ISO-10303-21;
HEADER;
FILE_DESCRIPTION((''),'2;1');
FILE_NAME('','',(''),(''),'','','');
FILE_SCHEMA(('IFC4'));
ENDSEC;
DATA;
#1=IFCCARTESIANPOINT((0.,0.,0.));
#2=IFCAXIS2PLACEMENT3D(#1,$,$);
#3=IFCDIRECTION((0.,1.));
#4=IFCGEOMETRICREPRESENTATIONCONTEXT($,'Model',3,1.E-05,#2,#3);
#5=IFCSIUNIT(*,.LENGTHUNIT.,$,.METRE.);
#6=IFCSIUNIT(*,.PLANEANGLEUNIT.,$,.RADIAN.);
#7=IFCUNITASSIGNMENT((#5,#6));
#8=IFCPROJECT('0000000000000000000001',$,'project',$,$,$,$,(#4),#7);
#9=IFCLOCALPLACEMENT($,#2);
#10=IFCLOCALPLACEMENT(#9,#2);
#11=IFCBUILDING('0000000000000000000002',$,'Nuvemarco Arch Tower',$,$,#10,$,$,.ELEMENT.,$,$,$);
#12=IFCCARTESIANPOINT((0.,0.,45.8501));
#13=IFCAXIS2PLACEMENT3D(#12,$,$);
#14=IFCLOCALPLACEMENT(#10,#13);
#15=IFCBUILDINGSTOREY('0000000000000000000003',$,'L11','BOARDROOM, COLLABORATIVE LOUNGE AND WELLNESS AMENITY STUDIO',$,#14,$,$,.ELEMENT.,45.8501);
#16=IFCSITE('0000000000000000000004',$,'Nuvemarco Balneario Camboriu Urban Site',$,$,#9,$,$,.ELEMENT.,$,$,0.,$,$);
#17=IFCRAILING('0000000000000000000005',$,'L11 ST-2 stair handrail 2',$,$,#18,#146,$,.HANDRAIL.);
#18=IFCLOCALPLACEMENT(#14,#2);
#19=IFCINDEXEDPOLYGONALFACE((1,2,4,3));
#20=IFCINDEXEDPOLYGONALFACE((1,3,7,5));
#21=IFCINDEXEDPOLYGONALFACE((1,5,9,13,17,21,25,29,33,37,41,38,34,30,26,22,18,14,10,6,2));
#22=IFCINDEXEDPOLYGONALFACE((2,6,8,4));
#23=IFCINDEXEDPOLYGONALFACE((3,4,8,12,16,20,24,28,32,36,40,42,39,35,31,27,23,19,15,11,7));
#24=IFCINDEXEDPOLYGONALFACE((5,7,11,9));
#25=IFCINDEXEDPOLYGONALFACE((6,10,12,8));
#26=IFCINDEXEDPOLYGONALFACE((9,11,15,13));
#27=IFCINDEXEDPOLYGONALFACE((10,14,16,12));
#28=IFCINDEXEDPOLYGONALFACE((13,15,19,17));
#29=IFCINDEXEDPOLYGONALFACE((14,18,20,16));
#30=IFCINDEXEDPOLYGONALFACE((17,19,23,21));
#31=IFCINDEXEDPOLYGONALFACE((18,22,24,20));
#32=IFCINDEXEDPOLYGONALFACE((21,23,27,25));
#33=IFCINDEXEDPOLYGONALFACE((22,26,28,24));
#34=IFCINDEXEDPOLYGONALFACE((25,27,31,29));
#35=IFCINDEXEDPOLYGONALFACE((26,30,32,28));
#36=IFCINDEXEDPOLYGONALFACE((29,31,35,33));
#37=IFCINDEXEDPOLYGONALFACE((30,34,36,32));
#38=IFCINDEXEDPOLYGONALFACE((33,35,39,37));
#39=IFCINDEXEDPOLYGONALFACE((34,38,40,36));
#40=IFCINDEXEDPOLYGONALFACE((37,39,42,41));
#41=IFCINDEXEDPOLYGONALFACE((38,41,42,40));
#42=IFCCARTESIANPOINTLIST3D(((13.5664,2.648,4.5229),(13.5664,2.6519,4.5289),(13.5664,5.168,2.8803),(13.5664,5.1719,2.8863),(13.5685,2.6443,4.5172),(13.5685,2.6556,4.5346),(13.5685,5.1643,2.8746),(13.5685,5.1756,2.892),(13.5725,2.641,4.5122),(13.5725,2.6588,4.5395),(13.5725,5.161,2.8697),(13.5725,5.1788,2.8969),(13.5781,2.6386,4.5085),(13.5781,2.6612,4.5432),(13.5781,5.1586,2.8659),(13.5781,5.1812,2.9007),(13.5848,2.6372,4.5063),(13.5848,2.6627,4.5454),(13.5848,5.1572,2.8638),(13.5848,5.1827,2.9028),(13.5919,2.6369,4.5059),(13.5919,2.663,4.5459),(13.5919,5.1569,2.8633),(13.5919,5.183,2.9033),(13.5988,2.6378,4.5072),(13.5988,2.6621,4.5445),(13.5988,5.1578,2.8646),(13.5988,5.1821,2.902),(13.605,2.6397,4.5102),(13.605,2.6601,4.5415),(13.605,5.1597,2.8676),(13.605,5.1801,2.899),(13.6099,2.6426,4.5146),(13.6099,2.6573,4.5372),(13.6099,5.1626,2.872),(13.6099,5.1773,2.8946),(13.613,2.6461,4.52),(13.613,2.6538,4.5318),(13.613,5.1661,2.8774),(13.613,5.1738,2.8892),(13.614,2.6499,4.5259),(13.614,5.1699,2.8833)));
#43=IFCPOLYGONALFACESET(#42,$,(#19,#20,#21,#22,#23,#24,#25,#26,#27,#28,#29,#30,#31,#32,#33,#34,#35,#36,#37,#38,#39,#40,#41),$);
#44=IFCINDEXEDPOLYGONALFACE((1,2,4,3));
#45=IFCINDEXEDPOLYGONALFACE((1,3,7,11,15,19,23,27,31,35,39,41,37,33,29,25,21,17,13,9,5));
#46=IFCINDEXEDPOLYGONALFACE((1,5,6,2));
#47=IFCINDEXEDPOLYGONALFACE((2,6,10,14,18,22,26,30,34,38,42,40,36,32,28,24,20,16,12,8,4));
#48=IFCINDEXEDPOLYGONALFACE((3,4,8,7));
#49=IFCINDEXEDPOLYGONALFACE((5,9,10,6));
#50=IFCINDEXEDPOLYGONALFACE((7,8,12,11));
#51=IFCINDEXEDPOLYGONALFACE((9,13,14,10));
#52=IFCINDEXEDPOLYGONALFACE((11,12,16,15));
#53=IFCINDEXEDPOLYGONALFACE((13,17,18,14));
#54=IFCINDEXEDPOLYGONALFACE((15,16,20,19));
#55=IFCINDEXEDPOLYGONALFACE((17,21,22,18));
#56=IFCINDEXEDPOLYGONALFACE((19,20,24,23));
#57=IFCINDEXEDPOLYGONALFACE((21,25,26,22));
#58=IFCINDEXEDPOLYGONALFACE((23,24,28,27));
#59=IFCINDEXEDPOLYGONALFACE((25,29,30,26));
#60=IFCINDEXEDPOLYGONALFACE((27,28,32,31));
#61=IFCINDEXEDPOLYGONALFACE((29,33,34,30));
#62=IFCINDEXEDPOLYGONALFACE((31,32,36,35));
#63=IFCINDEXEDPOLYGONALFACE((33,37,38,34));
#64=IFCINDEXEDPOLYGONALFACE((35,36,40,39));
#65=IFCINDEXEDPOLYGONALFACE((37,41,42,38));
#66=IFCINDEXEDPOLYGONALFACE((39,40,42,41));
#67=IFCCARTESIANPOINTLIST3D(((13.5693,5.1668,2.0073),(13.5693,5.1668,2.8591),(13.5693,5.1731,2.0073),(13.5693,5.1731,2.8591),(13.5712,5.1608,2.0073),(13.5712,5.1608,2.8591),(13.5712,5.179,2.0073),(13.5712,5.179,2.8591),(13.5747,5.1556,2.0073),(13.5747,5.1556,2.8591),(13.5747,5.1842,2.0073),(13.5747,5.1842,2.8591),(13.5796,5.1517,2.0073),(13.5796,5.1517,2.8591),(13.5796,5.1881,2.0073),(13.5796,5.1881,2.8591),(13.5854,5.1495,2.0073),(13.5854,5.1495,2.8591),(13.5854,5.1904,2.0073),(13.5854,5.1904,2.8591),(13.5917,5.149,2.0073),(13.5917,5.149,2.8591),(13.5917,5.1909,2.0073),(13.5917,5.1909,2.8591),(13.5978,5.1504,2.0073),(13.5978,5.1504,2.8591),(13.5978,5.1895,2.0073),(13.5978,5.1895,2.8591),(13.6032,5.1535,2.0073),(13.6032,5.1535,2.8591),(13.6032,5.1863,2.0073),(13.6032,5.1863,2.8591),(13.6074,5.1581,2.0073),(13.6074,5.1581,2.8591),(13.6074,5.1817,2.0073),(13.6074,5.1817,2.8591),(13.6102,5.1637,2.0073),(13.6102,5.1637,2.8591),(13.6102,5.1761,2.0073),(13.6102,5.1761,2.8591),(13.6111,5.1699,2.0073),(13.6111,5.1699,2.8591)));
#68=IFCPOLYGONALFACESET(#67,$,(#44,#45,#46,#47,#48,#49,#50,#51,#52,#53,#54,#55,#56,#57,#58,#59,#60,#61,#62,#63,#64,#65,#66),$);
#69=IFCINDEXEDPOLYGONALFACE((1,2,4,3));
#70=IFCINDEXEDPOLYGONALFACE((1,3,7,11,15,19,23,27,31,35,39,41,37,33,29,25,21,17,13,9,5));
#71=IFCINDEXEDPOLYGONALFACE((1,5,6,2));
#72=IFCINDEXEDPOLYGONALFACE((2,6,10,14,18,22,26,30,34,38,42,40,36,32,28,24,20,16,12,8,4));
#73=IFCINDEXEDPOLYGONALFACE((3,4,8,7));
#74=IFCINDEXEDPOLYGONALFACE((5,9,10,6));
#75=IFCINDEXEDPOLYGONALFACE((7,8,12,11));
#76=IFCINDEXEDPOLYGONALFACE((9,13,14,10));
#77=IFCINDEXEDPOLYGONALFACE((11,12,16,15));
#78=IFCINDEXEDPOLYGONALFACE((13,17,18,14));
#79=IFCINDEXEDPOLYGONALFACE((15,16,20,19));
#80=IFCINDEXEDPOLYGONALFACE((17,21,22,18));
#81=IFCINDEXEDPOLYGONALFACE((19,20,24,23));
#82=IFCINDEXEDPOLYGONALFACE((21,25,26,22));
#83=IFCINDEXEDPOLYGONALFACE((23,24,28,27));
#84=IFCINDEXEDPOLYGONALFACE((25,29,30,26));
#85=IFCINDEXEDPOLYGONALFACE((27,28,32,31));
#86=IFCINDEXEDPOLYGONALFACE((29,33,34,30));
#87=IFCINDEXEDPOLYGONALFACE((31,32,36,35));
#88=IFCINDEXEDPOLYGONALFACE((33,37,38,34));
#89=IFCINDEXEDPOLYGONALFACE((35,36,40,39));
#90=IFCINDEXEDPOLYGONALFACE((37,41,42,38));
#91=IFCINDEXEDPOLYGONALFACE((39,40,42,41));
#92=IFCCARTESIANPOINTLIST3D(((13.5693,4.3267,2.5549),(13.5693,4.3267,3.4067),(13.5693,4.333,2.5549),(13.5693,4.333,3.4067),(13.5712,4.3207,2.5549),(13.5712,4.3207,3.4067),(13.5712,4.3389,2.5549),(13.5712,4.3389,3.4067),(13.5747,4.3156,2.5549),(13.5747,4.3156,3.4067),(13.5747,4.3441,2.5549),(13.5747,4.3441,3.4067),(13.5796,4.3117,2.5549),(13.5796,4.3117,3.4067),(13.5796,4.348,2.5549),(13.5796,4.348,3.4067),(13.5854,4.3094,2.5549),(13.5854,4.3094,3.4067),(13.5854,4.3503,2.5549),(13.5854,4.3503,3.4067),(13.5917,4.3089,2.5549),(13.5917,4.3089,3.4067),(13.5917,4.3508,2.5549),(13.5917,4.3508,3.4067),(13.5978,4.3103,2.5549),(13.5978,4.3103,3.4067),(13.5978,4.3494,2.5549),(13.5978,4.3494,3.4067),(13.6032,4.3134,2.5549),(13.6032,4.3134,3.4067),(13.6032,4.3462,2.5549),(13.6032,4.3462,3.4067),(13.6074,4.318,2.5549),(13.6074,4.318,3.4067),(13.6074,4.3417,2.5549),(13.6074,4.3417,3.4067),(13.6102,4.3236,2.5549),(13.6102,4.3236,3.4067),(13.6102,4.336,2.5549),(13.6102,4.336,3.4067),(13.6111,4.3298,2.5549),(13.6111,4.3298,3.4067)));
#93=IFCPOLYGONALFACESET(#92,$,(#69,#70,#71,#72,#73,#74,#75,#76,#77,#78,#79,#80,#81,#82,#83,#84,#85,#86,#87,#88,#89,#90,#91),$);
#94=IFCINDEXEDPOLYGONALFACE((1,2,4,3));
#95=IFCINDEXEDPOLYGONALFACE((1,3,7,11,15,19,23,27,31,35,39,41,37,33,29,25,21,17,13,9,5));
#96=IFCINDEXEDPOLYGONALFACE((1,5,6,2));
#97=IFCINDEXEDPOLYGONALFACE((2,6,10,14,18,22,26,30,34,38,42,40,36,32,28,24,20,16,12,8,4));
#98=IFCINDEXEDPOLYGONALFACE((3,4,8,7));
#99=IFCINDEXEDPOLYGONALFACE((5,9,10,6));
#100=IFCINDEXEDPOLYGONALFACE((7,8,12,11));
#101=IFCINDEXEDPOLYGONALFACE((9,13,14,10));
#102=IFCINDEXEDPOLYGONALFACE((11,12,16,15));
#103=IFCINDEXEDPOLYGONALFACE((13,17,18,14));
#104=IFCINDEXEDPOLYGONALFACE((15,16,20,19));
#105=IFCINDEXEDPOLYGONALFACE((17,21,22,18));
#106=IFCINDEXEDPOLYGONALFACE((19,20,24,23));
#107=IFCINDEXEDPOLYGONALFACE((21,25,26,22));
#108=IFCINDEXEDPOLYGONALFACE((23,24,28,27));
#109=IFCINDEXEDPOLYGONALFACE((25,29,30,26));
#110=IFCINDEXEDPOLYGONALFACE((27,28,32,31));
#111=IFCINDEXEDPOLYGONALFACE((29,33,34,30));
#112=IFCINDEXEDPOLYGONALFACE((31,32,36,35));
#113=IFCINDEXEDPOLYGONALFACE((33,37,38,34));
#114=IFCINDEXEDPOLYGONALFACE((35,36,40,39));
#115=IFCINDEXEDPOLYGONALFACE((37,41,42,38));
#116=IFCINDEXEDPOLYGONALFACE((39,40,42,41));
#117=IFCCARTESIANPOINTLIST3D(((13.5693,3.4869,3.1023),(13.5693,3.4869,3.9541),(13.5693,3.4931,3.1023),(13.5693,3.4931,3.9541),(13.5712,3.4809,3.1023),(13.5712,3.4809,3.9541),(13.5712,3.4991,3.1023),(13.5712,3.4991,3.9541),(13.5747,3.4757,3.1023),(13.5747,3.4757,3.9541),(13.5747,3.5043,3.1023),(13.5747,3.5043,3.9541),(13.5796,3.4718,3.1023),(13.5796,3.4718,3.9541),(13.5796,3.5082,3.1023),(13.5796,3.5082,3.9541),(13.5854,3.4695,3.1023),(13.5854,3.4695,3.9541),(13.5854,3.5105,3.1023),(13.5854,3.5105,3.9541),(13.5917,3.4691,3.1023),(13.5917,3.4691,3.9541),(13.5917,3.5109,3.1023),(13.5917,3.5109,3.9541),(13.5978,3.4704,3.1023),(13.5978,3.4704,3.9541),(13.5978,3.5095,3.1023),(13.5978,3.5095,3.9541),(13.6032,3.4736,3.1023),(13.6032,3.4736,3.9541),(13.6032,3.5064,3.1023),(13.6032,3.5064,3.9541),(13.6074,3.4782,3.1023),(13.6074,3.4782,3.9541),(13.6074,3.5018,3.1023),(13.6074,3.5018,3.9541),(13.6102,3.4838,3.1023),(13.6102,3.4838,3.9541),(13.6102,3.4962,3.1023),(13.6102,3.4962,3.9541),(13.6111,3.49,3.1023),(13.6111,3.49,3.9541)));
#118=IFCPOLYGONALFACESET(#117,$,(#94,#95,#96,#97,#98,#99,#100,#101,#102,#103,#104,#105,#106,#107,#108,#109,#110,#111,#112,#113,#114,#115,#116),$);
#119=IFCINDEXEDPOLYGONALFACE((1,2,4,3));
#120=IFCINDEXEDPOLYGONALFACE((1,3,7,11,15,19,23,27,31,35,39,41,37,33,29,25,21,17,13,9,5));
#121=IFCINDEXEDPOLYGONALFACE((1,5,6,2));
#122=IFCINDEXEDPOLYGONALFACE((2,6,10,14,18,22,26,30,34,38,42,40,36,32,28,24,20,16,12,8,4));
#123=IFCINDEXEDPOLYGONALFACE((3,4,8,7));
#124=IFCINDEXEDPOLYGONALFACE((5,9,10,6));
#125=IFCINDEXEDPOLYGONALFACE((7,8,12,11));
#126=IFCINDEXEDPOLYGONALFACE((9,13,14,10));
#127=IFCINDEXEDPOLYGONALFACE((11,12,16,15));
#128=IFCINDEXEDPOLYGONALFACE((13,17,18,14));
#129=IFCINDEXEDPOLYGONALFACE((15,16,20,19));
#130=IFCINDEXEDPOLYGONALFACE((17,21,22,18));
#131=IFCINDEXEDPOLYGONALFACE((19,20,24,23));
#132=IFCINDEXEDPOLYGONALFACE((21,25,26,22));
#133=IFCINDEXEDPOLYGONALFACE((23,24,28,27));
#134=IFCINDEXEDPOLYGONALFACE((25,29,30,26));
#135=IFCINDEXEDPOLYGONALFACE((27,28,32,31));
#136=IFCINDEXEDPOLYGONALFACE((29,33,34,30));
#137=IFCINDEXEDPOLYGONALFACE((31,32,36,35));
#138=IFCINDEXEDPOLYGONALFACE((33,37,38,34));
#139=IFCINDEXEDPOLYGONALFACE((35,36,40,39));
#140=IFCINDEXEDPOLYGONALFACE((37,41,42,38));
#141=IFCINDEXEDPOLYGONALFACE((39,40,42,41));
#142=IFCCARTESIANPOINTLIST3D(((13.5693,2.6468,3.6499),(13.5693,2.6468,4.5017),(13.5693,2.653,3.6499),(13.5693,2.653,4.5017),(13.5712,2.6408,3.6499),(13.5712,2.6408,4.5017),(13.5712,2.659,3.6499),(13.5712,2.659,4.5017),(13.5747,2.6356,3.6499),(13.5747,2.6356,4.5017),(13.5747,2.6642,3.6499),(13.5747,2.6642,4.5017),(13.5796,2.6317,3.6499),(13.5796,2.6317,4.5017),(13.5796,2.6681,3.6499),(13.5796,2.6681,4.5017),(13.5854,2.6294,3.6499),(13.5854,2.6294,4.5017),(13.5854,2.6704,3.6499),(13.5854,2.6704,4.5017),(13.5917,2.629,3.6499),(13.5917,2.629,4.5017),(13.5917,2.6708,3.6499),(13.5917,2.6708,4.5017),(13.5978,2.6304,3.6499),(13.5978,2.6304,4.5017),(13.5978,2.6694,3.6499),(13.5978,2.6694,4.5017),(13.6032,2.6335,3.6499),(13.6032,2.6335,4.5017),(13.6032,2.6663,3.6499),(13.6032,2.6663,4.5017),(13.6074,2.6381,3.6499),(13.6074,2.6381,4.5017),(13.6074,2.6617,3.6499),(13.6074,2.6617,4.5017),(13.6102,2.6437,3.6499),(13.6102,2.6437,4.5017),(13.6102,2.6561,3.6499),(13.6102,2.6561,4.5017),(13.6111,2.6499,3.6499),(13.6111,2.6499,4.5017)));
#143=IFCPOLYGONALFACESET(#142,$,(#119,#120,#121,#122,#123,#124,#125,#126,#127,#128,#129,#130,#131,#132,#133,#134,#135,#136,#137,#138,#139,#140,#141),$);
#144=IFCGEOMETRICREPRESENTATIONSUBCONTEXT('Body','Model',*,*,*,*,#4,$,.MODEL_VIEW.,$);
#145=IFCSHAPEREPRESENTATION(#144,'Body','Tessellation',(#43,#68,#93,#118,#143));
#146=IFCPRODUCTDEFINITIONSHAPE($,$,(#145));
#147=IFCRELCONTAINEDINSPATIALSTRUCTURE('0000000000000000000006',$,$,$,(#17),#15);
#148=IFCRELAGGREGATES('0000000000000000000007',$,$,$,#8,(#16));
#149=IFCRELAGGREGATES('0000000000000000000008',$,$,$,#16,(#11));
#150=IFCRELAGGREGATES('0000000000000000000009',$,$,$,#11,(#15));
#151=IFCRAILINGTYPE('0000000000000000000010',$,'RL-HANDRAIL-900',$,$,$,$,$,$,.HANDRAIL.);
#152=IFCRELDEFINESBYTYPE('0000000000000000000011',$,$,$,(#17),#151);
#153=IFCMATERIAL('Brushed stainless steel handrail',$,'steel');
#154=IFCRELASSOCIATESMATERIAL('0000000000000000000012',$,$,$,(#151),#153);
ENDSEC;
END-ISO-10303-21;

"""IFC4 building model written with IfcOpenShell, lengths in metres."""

from ifc_helpers import new_model, si_unit, direction, frame, origin, origin_2d, place, context, subcontext, project, spatial, circle, extrude, material, type_object, element, save


model = new_model("IFC4")

# Units and contexts
model_context = context("Model", 3, precision=1e-05, world=origin(), true_north=direction((0.0, 1.0)))
body_context = subcontext(model_context, "Body", "Model", "MODEL_VIEW")
ifc_project = project(units=[si_unit("LENGTHUNIT", "METRE"), si_unit("PLANEANGLEUNIT", "RADIAN")], contexts=[model_context])

# Site, building, storey
site_placement = place(None, origin())
site = spatial("IfcSite", under=ifc_project, at=site_placement, Name="Nuvemarco Balneario Camboriu Urban Site", CompositionType="ELEMENT", RefElevation=0.0)
building_placement = place(site_placement, origin())
building = spatial("IfcBuilding", under=site, at=building_placement, Name="Nuvemarco Arch Tower", CompositionType="ELEMENT")
storey_placement = place(building_placement, frame((0.0, 0.0, 45.8501)))
storey = spatial("IfcBuildingStorey", under=building, at=storey_placement, Name="L11", Description="BOARDROOM, COLLABORATIVE LOUNGE AND WELLNESS AMENITY STUDIO", CompositionType="ELEMENT", Elevation=45.8501)

# Railing
ifc_material_1 = material(Name="Brushed stainless steel handrail", Category="steel")
railing_type_1 = type_object("IfcRailingType", Name="RL-HANDRAIL-900", PredefinedType="HANDRAIL", material=ifc_material_1)
railing_1_placement = place(storey_placement, frame((13.5901, 5.1699, 2.0073)))
element("IfcRailing", 1, at=railing_1_placement, inside=storey, type_object=railing_type_1, Name="L11 ST-2 stair handrail 2", PredefinedType="HANDRAIL", context=body_context, shape_type="SweptSolid", body=[
    extrude(circle(Radius=0.0239, at=origin_2d()), frame((0.0, 0.0, 0.876), z_axis=(0.0, -0.837749, 0.546055), x_axis=(1.0, 0.0, 0.0)), (0.0, 0.0, 1.0), 3.0081),
    extrude(circle(Radius=0.021, at=origin_2d()), origin(), (0.0, 0.0, 1.0), 0.8518),
    extrude(circle(Radius=0.021, at=origin_2d()), frame((0.0, -0.8401, 0.5476)), (0.0, 0.0, 1.0), 0.8518),
    extrude(circle(Radius=0.021, at=origin_2d()), frame((0.0, -1.6799, 1.095)), (0.0, 0.0, 1.0), 0.8518),
    extrude(circle(Radius=0.021, at=origin_2d()), frame((0.0, -2.52, 1.6426)), (0.0, 0.0, 1.0), 0.8518),
])

save(model, "model.ifc")
